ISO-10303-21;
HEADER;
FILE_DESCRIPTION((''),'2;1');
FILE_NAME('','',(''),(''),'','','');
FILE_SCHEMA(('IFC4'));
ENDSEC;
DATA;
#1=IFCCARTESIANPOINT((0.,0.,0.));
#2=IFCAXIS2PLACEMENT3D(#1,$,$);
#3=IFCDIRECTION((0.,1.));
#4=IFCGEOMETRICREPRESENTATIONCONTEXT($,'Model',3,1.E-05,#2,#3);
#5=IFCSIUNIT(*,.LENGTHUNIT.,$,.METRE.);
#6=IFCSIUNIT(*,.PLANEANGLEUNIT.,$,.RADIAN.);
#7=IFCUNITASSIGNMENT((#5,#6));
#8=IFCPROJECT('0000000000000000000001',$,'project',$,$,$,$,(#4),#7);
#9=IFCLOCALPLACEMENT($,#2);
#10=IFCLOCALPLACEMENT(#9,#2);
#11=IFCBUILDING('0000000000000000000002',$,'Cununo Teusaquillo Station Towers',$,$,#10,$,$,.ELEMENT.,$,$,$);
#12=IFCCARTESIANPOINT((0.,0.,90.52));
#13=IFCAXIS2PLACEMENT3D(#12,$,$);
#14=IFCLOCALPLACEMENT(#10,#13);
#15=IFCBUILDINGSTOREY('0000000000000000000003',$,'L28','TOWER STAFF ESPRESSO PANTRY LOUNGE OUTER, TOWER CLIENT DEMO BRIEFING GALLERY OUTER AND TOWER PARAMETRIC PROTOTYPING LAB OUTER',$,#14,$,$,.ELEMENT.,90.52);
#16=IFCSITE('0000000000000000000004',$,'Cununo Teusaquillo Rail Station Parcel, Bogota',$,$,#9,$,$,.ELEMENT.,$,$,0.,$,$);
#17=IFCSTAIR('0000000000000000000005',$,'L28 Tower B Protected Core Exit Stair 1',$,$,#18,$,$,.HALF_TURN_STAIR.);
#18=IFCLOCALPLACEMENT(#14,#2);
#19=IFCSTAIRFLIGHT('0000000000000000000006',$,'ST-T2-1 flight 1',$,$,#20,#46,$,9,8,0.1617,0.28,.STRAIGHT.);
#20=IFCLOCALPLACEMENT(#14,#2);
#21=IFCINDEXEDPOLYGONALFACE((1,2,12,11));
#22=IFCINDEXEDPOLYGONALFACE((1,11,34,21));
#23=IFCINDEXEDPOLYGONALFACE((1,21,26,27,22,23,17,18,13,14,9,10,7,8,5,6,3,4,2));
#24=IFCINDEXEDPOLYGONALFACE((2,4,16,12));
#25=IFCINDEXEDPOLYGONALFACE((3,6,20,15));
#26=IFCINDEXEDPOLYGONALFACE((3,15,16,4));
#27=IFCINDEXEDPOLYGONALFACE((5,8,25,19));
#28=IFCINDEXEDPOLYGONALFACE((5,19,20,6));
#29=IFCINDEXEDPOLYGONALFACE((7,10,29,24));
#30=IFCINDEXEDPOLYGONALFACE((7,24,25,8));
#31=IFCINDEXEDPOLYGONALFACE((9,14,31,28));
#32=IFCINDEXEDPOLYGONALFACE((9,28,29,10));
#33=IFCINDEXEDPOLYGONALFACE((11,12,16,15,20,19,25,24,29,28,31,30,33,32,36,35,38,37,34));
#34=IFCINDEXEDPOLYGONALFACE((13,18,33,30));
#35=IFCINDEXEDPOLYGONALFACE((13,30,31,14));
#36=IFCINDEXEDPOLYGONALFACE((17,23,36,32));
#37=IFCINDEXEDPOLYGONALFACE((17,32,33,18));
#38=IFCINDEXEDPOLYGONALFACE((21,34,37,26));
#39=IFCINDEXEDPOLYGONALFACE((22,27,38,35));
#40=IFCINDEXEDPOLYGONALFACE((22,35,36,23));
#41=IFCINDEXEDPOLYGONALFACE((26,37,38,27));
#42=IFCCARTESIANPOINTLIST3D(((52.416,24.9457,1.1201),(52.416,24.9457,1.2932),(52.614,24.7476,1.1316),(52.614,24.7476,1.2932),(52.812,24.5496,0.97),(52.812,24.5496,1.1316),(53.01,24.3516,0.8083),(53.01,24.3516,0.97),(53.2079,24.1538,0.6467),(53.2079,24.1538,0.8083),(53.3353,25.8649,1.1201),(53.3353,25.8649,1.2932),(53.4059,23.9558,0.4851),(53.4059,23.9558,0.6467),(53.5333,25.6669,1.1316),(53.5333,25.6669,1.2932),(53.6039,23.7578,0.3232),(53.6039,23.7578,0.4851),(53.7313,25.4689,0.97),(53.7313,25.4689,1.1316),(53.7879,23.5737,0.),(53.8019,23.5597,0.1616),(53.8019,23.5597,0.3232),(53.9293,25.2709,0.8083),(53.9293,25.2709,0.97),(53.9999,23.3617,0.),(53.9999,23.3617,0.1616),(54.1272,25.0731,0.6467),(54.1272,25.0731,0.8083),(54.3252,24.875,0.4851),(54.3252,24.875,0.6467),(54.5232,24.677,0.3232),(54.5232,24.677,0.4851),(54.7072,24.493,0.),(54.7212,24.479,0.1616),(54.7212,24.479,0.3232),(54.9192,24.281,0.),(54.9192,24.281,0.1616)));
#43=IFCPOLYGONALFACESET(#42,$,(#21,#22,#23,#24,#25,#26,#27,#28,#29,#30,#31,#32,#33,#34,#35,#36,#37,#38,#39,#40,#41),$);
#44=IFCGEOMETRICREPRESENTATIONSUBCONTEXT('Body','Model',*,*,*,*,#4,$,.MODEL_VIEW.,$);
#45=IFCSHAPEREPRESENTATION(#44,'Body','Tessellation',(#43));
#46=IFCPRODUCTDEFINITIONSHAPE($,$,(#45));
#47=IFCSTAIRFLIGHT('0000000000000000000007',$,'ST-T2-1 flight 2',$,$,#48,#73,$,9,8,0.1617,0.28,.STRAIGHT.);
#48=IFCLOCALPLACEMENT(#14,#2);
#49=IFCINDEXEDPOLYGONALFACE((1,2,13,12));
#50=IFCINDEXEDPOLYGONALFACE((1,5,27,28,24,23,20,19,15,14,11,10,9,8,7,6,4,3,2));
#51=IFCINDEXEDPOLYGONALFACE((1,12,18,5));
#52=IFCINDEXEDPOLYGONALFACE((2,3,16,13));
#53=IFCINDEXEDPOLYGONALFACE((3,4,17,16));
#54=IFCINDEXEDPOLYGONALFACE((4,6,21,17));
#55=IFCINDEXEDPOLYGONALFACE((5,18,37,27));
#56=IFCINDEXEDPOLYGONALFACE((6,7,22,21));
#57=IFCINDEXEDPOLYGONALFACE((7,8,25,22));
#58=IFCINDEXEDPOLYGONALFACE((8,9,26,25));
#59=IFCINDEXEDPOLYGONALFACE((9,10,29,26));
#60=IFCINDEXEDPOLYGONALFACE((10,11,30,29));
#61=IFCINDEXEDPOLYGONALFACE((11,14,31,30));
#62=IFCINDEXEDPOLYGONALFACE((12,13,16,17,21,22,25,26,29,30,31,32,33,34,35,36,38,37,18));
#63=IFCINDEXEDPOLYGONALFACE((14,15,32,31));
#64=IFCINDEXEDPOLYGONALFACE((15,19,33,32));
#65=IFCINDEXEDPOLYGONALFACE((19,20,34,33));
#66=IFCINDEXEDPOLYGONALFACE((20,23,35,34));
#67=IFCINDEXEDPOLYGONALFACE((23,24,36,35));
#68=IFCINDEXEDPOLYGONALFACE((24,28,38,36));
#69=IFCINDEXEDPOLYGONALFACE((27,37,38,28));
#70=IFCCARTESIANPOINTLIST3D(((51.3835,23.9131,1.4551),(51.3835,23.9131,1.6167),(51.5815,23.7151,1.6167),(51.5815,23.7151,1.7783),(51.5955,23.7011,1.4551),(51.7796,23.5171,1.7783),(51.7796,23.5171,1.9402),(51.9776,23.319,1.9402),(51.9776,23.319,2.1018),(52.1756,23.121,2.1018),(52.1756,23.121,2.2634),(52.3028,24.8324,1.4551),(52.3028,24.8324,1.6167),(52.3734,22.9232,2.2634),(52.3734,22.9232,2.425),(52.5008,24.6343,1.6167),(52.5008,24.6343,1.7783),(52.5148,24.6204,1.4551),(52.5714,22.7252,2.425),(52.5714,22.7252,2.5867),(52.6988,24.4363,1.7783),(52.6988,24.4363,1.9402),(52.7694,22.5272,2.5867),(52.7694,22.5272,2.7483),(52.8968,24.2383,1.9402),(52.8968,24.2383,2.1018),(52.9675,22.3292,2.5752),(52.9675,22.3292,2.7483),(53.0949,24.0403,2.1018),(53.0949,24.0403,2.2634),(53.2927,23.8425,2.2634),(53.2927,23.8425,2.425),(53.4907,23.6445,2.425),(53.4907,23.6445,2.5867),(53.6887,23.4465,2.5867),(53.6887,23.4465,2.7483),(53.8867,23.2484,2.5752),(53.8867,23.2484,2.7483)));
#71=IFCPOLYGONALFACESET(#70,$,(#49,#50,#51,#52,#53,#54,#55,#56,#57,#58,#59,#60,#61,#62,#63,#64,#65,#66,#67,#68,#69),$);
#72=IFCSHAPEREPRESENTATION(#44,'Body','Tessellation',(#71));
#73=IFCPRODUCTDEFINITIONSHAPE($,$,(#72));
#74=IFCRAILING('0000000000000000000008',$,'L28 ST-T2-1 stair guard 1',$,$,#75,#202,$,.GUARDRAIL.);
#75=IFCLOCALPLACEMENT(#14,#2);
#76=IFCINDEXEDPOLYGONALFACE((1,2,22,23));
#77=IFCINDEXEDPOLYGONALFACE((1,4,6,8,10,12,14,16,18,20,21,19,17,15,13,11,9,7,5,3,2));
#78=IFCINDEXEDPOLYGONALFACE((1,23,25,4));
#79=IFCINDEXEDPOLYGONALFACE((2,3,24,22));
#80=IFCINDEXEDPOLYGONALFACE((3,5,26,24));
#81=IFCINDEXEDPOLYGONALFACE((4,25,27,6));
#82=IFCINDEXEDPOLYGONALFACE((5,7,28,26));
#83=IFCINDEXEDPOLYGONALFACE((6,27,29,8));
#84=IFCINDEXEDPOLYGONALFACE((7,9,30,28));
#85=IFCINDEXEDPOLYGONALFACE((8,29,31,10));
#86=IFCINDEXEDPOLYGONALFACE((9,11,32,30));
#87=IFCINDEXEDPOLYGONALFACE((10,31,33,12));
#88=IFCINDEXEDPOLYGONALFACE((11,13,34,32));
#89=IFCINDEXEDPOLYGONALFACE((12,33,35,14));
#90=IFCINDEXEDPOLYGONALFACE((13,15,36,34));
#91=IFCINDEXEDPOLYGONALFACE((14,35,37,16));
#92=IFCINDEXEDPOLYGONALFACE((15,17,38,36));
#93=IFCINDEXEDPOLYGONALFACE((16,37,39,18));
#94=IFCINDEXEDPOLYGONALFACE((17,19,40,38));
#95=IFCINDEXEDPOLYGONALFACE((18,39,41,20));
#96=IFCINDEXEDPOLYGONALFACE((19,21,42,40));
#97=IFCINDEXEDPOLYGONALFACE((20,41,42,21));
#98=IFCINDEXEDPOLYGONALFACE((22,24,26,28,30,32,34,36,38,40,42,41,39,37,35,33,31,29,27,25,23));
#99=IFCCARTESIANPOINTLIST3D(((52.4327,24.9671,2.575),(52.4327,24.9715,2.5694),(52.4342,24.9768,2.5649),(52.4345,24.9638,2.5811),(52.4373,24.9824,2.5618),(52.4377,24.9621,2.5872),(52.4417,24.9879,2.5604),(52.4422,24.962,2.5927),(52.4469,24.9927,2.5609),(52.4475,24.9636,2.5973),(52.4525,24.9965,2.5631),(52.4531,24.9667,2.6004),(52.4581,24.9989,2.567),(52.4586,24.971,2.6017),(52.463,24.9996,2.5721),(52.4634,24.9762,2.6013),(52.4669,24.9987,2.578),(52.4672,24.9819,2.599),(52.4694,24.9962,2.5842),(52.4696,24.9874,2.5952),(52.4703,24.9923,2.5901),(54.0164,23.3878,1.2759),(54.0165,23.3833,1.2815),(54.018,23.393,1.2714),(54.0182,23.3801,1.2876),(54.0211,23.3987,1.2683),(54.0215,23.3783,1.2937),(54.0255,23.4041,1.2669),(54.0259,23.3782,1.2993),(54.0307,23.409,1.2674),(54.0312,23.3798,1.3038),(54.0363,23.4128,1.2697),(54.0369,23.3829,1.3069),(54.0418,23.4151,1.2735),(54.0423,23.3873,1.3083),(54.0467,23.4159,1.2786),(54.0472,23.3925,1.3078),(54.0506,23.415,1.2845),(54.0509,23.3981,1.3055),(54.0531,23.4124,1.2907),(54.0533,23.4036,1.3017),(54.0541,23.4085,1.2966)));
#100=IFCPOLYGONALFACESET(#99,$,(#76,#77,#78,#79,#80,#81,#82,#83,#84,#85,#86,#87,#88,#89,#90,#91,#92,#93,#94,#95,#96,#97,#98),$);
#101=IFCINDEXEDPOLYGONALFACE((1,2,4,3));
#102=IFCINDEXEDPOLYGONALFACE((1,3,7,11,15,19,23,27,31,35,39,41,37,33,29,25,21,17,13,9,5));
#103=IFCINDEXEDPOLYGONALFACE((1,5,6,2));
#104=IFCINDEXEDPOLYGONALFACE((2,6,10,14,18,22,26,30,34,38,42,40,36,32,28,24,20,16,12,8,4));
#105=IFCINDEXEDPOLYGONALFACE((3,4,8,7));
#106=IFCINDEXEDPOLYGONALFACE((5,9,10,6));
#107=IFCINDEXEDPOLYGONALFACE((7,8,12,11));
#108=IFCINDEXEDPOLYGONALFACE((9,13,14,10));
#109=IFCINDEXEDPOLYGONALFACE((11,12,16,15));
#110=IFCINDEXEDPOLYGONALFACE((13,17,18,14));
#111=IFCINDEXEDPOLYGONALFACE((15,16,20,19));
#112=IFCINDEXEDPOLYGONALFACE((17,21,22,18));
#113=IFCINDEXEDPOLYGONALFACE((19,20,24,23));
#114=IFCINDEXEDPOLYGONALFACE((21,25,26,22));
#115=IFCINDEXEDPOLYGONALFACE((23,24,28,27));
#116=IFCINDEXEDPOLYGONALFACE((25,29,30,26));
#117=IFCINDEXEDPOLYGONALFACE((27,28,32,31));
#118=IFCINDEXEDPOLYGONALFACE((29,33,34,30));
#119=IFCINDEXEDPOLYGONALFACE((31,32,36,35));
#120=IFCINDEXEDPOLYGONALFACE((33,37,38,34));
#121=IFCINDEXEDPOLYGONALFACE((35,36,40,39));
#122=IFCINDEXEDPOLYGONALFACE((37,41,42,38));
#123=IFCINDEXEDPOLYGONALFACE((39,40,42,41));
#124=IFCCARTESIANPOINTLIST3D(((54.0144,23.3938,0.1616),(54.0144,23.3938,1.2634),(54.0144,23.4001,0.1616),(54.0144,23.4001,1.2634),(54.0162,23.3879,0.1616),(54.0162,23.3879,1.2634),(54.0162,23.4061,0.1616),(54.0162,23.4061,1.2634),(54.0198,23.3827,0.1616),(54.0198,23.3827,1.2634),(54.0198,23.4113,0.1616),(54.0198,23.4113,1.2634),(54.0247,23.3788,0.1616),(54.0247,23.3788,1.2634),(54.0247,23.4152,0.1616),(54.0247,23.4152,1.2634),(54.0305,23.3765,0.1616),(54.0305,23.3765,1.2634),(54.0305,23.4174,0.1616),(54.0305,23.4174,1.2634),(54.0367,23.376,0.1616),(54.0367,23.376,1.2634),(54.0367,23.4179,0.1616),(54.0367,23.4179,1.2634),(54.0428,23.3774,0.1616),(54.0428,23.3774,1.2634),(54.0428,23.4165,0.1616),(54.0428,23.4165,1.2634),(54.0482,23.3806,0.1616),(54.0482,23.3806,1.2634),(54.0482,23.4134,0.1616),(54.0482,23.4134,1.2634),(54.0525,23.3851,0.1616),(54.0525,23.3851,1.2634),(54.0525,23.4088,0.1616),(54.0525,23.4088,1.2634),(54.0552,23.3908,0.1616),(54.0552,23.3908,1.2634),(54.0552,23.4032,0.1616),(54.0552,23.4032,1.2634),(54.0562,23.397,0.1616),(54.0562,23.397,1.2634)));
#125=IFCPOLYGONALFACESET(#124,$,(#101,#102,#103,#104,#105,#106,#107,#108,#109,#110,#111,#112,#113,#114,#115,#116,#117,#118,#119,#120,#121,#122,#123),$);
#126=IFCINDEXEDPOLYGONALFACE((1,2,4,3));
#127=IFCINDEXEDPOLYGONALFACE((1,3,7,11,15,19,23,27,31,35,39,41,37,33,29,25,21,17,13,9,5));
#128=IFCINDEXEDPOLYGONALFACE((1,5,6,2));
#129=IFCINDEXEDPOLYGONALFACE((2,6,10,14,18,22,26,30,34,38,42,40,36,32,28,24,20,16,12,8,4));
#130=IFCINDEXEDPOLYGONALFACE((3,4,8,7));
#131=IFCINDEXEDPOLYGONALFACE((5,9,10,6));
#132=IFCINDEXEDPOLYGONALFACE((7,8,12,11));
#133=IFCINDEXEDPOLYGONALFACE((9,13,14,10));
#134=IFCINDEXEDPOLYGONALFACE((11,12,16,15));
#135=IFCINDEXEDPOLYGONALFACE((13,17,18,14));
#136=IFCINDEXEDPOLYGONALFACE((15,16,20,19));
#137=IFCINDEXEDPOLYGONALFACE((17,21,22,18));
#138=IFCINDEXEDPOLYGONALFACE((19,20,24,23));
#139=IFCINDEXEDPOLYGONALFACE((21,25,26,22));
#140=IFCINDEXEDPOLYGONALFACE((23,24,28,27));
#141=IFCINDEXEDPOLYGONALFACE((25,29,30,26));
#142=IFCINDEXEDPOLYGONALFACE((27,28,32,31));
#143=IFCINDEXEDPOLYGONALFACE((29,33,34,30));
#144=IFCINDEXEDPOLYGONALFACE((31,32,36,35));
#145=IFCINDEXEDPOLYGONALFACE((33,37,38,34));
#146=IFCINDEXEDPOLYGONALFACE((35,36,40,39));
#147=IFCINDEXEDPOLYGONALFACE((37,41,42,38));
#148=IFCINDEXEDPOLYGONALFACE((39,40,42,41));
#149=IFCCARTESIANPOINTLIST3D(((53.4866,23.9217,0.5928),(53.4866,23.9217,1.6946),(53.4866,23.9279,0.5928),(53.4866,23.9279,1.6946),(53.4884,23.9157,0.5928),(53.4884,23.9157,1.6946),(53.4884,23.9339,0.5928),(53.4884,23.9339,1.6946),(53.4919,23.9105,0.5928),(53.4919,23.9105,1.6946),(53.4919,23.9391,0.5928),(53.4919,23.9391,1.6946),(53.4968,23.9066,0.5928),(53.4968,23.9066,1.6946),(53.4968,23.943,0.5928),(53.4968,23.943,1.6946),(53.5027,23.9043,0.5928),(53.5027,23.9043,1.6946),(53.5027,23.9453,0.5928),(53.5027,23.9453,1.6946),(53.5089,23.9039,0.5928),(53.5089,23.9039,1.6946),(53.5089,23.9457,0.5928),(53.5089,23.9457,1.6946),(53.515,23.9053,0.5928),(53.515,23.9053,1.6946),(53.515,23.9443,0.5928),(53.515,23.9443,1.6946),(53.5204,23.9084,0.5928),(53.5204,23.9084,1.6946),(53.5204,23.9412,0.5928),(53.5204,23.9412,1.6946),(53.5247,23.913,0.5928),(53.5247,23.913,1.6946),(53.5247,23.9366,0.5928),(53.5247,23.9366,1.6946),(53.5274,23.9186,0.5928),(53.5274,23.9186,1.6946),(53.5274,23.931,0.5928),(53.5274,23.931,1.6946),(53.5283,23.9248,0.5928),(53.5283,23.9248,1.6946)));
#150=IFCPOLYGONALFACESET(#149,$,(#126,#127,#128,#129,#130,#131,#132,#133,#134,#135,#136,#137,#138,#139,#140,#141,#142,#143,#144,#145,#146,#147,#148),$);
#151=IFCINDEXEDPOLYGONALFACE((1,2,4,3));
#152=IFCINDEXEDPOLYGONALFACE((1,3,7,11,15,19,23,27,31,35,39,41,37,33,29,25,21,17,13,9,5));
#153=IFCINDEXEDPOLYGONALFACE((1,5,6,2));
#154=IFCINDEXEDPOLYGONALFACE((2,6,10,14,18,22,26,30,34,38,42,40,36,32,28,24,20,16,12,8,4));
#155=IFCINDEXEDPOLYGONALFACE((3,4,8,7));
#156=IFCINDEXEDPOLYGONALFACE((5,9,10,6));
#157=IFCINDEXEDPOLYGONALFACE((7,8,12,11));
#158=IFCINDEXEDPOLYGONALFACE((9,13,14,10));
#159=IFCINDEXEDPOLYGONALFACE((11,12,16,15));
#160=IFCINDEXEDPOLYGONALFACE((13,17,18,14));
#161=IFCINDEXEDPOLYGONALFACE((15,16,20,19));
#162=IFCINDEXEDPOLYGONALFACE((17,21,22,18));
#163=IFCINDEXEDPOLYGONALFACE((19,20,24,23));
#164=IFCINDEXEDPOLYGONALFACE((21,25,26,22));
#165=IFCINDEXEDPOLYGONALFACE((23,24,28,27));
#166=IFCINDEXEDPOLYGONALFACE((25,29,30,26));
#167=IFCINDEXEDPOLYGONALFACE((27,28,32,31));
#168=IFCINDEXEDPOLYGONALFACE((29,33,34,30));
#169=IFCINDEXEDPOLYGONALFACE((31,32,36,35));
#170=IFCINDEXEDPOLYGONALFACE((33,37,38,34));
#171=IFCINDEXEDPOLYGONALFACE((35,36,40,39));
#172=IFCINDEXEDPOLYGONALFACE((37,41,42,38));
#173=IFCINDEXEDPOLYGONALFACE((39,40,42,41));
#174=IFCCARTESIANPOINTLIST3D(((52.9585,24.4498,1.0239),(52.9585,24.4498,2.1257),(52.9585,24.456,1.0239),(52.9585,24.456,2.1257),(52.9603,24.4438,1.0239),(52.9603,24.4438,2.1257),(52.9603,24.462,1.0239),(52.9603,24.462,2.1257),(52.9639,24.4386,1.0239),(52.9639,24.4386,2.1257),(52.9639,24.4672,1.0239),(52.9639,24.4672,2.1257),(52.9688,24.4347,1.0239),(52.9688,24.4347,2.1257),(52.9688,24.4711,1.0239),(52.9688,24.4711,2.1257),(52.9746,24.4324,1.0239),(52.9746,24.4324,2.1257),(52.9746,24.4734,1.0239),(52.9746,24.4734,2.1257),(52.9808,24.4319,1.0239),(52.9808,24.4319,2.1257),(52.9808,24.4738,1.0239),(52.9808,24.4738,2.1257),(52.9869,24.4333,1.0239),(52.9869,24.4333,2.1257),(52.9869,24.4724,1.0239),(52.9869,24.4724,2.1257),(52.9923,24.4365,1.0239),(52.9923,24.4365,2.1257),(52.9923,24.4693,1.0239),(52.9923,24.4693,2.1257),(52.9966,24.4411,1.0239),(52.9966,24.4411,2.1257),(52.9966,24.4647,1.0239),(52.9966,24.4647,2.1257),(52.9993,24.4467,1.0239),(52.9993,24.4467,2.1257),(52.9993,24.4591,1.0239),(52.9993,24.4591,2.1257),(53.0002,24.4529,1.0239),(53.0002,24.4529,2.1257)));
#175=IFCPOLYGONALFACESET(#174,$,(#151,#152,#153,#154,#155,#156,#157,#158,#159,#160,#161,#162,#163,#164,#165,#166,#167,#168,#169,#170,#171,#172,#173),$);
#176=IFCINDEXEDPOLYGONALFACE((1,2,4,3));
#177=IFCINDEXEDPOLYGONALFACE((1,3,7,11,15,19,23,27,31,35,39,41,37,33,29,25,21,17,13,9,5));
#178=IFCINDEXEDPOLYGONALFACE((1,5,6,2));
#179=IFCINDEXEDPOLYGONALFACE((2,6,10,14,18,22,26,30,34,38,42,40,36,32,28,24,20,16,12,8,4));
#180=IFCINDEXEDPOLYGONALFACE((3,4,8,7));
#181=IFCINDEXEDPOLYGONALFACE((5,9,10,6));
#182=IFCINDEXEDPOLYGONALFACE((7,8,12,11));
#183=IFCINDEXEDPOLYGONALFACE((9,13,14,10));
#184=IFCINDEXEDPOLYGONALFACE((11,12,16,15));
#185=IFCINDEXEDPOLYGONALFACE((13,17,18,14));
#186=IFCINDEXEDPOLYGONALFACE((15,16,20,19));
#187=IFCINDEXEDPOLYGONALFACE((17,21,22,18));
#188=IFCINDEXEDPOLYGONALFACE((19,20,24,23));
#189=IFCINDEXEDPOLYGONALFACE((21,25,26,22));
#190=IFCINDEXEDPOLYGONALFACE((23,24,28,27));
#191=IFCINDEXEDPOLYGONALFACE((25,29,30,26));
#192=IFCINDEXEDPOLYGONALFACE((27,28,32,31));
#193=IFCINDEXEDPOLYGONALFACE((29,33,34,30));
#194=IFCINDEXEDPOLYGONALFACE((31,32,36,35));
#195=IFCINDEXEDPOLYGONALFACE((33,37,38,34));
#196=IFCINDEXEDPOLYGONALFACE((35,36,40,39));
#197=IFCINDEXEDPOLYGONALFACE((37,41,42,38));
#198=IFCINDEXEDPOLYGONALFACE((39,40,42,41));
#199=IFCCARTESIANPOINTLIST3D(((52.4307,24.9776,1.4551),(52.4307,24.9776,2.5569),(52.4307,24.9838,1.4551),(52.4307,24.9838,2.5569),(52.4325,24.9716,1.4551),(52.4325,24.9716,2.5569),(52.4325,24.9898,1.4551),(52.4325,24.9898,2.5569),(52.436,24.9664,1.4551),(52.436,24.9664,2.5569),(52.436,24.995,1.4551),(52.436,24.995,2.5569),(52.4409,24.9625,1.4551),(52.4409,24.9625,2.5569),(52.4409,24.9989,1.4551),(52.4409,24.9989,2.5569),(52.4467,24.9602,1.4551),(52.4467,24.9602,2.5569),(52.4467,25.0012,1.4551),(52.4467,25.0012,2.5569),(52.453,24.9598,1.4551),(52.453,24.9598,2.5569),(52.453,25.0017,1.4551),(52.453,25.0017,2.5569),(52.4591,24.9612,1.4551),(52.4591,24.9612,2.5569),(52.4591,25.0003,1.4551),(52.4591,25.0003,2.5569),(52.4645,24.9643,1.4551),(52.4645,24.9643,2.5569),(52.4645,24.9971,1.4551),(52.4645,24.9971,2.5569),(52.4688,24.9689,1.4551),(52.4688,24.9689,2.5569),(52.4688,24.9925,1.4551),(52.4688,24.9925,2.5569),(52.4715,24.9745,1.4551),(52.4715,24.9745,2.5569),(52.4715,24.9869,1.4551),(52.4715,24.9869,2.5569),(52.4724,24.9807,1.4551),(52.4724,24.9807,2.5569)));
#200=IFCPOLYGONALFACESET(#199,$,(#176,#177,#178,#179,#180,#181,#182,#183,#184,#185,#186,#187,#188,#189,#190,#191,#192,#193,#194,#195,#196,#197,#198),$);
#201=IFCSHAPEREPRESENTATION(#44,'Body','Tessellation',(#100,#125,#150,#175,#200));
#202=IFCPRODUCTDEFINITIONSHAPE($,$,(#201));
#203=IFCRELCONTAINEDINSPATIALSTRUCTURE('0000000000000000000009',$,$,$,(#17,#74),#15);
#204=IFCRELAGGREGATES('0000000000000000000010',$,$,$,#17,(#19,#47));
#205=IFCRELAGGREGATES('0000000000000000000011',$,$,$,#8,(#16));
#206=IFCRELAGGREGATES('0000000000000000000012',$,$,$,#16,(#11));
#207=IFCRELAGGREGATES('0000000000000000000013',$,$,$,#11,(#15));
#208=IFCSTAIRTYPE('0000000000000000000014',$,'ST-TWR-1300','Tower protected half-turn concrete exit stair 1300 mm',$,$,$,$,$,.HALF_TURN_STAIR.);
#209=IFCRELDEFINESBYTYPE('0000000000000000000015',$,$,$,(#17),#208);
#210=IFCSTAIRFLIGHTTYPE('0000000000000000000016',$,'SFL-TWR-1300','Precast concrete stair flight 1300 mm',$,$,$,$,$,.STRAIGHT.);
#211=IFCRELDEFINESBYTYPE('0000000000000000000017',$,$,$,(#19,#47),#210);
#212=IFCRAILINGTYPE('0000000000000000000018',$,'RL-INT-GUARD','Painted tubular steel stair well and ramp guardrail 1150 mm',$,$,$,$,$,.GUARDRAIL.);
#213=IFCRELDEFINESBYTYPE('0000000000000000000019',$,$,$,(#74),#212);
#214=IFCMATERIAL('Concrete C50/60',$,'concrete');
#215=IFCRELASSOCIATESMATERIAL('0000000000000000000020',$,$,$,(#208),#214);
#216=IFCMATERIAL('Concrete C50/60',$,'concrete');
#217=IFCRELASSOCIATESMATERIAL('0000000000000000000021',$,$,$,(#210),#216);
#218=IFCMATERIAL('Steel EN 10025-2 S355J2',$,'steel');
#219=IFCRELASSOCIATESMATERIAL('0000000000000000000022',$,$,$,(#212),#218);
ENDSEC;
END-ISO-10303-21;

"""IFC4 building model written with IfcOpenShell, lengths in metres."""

from ifc_helpers import new_model, si_unit, direction, frame, origin, origin_2d, place, context, subcontext, project, spatial, polyline, circle, outline, extrude, material, type_object, element, aggregate, save


model = new_model("IFC4")

# Units and contexts
model_context = context("Model", 3, precision=1e-05, world=origin(), true_north=direction((0.0, 1.0)))
body_context = subcontext(model_context, "Body", "Model", "MODEL_VIEW")
ifc_project = project(units=[si_unit("LENGTHUNIT", "METRE"), si_unit("PLANEANGLEUNIT", "RADIAN")], contexts=[model_context])

# Site, building, storey
site_placement = place(None, origin())
site = spatial("IfcSite", under=ifc_project, at=site_placement, Name="Cununo Teusaquillo Rail Station Parcel, Bogota", CompositionType="ELEMENT", RefElevation=0.0)
building_placement = place(site_placement, origin())
building = spatial("IfcBuilding", under=site, at=building_placement, Name="Cununo Teusaquillo Station Towers", CompositionType="ELEMENT")
storey_placement = place(building_placement, frame((0.0, 0.0, 90.52)))
storey = spatial("IfcBuildingStorey", under=building, at=storey_placement, Name="L28", Description="TOWER STAFF ESPRESSO PANTRY LOUNGE OUTER, TOWER CLIENT DEMO BRIEFING GALLERY OUTER AND TOWER PARAMETRIC PROTOTYPING LAB OUTER", CompositionType="ELEMENT", Elevation=90.52)

# Stair, stair flights
ifc_material_1 = material(Name="Concrete C50/60", Category="concrete")
stair_type = type_object("IfcStairType", Name="ST-TWR-1300", Description="Tower protected half-turn concrete exit stair 1300 mm", PredefinedType="HALF_TURN_STAIR", material=ifc_material_1)
stair_placement = place(storey_placement, origin())
stair = element("IfcStair", 1, at=stair_placement, inside=storey, type_object=stair_type, Name="L28 Tower B Protected Core Exit Stair 1", PredefinedType="HALF_TURN_STAIR")
ifc_material_2 = material(Name="Concrete C50/60", Category="concrete")
stair_flight_type = type_object("IfcStairFlightType", Name="SFL-TWR-1300", Description="Precast concrete stair flight 1300 mm", PredefinedType="STRAIGHT", material=ifc_material_2)
stair_flight_1_placement = place(storey_placement, frame((54.4595, 23.8213, 0.0), z_axis=(0.0, 0.0, 1.0), x_axis=(-0.707107, 0.707107, 0.0)))
stair_flight_1 = element("IfcStairFlight", 2, at=stair_flight_1_placement, type_object=stair_flight_type, Name="ST-T2-1 flight 1", NumberOfRisers=9, NumberOfTreads=8, PredefinedType="STRAIGHT", RiserHeight=0.1617, TreadLength=0.28, context=body_context, shape_type="SweptSolid", body=[
    extrude(outline(polyline([(0.0, 0.0), (0.0, 0.1616), (0.28, 0.1616), (0.28, 0.3232), (0.5601, 0.3232), (0.5601, 0.4851), (0.8401, 0.4851), (0.8401, 0.6467), (1.1201, 0.6467), (1.1201, 0.8083), (1.3999, 0.8083), (1.3999, 0.97), (1.6799, 0.97), (1.6799, 1.1316), (1.96, 1.1316), (1.96, 1.2932), (2.24, 1.2932), (2.24, 1.4551), (2.24, 1.1201), (0.2998, 0.0), (0.0, 0.0)])), frame((0.0, 0.6499, 0.0), z_axis=(0.0, -1.0, 0.0), x_axis=(1.0, 0.0, 0.0)), (0.0, 0.0, 1.0), 1.3),
])
stair_flight_2_placement = place(storey_placement, frame((51.8433, 24.3728, 1.4551), z_axis=(0.0, 0.0, 1.0), x_axis=(0.707107, -0.707107, 0.0)))
stair_flight_2 = element("IfcStairFlight", 3, at=stair_flight_2_placement, type_object=stair_flight_type, Name="ST-T2-1 flight 2", NumberOfRisers=9, NumberOfTreads=8, PredefinedType="STRAIGHT", RiserHeight=0.1617, TreadLength=0.28, context=body_context, shape_type="SweptSolid", body=[
    extrude(outline(polyline([(0.0, 0.0), (0.0, 0.1616), (0.28, 0.1616), (0.28, 0.3232), (0.5601, 0.3232), (0.5601, 0.4851), (0.8401, 0.4851), (0.8401, 0.6467), (1.1201, 0.6467), (1.1201, 0.8083), (1.3999, 0.8083), (1.3999, 0.97), (1.6799, 0.97), (1.6799, 1.1316), (1.96, 1.1316), (1.96, 1.2932), (2.24, 1.2932), (2.24, 1.4551), (2.24, 1.1201), (0.2998, 0.0), (0.0, 0.0)])), frame((0.0, 0.6499, 0.0), z_axis=(0.0, -1.0, 0.0), x_axis=(1.0, 0.0, 0.0)), (0.0, 0.0, 1.0), 1.3),
])
aggregate(stair, [stair_flight_1, stair_flight_2])

# Railing
ifc_material_3 = material(Name="Steel EN 10025-2 S355J2", Category="steel")
railing_type_1 = type_object("IfcRailingType", Name="RL-INT-GUARD", Description="Painted tubular steel stair well and ramp guardrail 1150 mm", PredefinedType="GUARDRAIL", material=ifc_material_3)
railing_1_placement = place(storey_placement, frame((54.0352, 23.397, 0.1616)))
element("IfcRailing", 4, at=railing_1_placement, inside=storey, type_object=railing_type_1, Name="L28 ST-T2-1 stair guard 1", PredefinedType="GUARDRAIL", context=body_context, shape_type="SweptSolid", body=[
    extrude(circle(Radius=0.0239, at=origin_2d()), frame((0.0, 0.0, 1.126), z_axis=(-0.612332, 0.612332, 0.500098), x_axis=(-0.707107, -0.707107, 0.0)), (0.0, 0.0, 1.0), 2.5864),
    extrude(circle(Radius=0.021, at=origin_2d()), origin(), (0.0, 0.0, 1.0), 1.1018),
    extrude(circle(Radius=0.021, at=origin_2d()), frame((-0.5278, 0.5278, 0.4312)), (0.0, 0.0, 1.0), 1.1018),
    extrude(circle(Radius=0.021, at=origin_2d()), frame((-1.0559, 1.0559, 0.8623)), (0.0, 0.0, 1.0), 1.1018),
    extrude(circle(Radius=0.021, at=origin_2d()), frame((-1.5837, 1.5837, 1.2935)), (0.0, 0.0, 1.0), 1.1018),
])

save(model, "model.ifc")
